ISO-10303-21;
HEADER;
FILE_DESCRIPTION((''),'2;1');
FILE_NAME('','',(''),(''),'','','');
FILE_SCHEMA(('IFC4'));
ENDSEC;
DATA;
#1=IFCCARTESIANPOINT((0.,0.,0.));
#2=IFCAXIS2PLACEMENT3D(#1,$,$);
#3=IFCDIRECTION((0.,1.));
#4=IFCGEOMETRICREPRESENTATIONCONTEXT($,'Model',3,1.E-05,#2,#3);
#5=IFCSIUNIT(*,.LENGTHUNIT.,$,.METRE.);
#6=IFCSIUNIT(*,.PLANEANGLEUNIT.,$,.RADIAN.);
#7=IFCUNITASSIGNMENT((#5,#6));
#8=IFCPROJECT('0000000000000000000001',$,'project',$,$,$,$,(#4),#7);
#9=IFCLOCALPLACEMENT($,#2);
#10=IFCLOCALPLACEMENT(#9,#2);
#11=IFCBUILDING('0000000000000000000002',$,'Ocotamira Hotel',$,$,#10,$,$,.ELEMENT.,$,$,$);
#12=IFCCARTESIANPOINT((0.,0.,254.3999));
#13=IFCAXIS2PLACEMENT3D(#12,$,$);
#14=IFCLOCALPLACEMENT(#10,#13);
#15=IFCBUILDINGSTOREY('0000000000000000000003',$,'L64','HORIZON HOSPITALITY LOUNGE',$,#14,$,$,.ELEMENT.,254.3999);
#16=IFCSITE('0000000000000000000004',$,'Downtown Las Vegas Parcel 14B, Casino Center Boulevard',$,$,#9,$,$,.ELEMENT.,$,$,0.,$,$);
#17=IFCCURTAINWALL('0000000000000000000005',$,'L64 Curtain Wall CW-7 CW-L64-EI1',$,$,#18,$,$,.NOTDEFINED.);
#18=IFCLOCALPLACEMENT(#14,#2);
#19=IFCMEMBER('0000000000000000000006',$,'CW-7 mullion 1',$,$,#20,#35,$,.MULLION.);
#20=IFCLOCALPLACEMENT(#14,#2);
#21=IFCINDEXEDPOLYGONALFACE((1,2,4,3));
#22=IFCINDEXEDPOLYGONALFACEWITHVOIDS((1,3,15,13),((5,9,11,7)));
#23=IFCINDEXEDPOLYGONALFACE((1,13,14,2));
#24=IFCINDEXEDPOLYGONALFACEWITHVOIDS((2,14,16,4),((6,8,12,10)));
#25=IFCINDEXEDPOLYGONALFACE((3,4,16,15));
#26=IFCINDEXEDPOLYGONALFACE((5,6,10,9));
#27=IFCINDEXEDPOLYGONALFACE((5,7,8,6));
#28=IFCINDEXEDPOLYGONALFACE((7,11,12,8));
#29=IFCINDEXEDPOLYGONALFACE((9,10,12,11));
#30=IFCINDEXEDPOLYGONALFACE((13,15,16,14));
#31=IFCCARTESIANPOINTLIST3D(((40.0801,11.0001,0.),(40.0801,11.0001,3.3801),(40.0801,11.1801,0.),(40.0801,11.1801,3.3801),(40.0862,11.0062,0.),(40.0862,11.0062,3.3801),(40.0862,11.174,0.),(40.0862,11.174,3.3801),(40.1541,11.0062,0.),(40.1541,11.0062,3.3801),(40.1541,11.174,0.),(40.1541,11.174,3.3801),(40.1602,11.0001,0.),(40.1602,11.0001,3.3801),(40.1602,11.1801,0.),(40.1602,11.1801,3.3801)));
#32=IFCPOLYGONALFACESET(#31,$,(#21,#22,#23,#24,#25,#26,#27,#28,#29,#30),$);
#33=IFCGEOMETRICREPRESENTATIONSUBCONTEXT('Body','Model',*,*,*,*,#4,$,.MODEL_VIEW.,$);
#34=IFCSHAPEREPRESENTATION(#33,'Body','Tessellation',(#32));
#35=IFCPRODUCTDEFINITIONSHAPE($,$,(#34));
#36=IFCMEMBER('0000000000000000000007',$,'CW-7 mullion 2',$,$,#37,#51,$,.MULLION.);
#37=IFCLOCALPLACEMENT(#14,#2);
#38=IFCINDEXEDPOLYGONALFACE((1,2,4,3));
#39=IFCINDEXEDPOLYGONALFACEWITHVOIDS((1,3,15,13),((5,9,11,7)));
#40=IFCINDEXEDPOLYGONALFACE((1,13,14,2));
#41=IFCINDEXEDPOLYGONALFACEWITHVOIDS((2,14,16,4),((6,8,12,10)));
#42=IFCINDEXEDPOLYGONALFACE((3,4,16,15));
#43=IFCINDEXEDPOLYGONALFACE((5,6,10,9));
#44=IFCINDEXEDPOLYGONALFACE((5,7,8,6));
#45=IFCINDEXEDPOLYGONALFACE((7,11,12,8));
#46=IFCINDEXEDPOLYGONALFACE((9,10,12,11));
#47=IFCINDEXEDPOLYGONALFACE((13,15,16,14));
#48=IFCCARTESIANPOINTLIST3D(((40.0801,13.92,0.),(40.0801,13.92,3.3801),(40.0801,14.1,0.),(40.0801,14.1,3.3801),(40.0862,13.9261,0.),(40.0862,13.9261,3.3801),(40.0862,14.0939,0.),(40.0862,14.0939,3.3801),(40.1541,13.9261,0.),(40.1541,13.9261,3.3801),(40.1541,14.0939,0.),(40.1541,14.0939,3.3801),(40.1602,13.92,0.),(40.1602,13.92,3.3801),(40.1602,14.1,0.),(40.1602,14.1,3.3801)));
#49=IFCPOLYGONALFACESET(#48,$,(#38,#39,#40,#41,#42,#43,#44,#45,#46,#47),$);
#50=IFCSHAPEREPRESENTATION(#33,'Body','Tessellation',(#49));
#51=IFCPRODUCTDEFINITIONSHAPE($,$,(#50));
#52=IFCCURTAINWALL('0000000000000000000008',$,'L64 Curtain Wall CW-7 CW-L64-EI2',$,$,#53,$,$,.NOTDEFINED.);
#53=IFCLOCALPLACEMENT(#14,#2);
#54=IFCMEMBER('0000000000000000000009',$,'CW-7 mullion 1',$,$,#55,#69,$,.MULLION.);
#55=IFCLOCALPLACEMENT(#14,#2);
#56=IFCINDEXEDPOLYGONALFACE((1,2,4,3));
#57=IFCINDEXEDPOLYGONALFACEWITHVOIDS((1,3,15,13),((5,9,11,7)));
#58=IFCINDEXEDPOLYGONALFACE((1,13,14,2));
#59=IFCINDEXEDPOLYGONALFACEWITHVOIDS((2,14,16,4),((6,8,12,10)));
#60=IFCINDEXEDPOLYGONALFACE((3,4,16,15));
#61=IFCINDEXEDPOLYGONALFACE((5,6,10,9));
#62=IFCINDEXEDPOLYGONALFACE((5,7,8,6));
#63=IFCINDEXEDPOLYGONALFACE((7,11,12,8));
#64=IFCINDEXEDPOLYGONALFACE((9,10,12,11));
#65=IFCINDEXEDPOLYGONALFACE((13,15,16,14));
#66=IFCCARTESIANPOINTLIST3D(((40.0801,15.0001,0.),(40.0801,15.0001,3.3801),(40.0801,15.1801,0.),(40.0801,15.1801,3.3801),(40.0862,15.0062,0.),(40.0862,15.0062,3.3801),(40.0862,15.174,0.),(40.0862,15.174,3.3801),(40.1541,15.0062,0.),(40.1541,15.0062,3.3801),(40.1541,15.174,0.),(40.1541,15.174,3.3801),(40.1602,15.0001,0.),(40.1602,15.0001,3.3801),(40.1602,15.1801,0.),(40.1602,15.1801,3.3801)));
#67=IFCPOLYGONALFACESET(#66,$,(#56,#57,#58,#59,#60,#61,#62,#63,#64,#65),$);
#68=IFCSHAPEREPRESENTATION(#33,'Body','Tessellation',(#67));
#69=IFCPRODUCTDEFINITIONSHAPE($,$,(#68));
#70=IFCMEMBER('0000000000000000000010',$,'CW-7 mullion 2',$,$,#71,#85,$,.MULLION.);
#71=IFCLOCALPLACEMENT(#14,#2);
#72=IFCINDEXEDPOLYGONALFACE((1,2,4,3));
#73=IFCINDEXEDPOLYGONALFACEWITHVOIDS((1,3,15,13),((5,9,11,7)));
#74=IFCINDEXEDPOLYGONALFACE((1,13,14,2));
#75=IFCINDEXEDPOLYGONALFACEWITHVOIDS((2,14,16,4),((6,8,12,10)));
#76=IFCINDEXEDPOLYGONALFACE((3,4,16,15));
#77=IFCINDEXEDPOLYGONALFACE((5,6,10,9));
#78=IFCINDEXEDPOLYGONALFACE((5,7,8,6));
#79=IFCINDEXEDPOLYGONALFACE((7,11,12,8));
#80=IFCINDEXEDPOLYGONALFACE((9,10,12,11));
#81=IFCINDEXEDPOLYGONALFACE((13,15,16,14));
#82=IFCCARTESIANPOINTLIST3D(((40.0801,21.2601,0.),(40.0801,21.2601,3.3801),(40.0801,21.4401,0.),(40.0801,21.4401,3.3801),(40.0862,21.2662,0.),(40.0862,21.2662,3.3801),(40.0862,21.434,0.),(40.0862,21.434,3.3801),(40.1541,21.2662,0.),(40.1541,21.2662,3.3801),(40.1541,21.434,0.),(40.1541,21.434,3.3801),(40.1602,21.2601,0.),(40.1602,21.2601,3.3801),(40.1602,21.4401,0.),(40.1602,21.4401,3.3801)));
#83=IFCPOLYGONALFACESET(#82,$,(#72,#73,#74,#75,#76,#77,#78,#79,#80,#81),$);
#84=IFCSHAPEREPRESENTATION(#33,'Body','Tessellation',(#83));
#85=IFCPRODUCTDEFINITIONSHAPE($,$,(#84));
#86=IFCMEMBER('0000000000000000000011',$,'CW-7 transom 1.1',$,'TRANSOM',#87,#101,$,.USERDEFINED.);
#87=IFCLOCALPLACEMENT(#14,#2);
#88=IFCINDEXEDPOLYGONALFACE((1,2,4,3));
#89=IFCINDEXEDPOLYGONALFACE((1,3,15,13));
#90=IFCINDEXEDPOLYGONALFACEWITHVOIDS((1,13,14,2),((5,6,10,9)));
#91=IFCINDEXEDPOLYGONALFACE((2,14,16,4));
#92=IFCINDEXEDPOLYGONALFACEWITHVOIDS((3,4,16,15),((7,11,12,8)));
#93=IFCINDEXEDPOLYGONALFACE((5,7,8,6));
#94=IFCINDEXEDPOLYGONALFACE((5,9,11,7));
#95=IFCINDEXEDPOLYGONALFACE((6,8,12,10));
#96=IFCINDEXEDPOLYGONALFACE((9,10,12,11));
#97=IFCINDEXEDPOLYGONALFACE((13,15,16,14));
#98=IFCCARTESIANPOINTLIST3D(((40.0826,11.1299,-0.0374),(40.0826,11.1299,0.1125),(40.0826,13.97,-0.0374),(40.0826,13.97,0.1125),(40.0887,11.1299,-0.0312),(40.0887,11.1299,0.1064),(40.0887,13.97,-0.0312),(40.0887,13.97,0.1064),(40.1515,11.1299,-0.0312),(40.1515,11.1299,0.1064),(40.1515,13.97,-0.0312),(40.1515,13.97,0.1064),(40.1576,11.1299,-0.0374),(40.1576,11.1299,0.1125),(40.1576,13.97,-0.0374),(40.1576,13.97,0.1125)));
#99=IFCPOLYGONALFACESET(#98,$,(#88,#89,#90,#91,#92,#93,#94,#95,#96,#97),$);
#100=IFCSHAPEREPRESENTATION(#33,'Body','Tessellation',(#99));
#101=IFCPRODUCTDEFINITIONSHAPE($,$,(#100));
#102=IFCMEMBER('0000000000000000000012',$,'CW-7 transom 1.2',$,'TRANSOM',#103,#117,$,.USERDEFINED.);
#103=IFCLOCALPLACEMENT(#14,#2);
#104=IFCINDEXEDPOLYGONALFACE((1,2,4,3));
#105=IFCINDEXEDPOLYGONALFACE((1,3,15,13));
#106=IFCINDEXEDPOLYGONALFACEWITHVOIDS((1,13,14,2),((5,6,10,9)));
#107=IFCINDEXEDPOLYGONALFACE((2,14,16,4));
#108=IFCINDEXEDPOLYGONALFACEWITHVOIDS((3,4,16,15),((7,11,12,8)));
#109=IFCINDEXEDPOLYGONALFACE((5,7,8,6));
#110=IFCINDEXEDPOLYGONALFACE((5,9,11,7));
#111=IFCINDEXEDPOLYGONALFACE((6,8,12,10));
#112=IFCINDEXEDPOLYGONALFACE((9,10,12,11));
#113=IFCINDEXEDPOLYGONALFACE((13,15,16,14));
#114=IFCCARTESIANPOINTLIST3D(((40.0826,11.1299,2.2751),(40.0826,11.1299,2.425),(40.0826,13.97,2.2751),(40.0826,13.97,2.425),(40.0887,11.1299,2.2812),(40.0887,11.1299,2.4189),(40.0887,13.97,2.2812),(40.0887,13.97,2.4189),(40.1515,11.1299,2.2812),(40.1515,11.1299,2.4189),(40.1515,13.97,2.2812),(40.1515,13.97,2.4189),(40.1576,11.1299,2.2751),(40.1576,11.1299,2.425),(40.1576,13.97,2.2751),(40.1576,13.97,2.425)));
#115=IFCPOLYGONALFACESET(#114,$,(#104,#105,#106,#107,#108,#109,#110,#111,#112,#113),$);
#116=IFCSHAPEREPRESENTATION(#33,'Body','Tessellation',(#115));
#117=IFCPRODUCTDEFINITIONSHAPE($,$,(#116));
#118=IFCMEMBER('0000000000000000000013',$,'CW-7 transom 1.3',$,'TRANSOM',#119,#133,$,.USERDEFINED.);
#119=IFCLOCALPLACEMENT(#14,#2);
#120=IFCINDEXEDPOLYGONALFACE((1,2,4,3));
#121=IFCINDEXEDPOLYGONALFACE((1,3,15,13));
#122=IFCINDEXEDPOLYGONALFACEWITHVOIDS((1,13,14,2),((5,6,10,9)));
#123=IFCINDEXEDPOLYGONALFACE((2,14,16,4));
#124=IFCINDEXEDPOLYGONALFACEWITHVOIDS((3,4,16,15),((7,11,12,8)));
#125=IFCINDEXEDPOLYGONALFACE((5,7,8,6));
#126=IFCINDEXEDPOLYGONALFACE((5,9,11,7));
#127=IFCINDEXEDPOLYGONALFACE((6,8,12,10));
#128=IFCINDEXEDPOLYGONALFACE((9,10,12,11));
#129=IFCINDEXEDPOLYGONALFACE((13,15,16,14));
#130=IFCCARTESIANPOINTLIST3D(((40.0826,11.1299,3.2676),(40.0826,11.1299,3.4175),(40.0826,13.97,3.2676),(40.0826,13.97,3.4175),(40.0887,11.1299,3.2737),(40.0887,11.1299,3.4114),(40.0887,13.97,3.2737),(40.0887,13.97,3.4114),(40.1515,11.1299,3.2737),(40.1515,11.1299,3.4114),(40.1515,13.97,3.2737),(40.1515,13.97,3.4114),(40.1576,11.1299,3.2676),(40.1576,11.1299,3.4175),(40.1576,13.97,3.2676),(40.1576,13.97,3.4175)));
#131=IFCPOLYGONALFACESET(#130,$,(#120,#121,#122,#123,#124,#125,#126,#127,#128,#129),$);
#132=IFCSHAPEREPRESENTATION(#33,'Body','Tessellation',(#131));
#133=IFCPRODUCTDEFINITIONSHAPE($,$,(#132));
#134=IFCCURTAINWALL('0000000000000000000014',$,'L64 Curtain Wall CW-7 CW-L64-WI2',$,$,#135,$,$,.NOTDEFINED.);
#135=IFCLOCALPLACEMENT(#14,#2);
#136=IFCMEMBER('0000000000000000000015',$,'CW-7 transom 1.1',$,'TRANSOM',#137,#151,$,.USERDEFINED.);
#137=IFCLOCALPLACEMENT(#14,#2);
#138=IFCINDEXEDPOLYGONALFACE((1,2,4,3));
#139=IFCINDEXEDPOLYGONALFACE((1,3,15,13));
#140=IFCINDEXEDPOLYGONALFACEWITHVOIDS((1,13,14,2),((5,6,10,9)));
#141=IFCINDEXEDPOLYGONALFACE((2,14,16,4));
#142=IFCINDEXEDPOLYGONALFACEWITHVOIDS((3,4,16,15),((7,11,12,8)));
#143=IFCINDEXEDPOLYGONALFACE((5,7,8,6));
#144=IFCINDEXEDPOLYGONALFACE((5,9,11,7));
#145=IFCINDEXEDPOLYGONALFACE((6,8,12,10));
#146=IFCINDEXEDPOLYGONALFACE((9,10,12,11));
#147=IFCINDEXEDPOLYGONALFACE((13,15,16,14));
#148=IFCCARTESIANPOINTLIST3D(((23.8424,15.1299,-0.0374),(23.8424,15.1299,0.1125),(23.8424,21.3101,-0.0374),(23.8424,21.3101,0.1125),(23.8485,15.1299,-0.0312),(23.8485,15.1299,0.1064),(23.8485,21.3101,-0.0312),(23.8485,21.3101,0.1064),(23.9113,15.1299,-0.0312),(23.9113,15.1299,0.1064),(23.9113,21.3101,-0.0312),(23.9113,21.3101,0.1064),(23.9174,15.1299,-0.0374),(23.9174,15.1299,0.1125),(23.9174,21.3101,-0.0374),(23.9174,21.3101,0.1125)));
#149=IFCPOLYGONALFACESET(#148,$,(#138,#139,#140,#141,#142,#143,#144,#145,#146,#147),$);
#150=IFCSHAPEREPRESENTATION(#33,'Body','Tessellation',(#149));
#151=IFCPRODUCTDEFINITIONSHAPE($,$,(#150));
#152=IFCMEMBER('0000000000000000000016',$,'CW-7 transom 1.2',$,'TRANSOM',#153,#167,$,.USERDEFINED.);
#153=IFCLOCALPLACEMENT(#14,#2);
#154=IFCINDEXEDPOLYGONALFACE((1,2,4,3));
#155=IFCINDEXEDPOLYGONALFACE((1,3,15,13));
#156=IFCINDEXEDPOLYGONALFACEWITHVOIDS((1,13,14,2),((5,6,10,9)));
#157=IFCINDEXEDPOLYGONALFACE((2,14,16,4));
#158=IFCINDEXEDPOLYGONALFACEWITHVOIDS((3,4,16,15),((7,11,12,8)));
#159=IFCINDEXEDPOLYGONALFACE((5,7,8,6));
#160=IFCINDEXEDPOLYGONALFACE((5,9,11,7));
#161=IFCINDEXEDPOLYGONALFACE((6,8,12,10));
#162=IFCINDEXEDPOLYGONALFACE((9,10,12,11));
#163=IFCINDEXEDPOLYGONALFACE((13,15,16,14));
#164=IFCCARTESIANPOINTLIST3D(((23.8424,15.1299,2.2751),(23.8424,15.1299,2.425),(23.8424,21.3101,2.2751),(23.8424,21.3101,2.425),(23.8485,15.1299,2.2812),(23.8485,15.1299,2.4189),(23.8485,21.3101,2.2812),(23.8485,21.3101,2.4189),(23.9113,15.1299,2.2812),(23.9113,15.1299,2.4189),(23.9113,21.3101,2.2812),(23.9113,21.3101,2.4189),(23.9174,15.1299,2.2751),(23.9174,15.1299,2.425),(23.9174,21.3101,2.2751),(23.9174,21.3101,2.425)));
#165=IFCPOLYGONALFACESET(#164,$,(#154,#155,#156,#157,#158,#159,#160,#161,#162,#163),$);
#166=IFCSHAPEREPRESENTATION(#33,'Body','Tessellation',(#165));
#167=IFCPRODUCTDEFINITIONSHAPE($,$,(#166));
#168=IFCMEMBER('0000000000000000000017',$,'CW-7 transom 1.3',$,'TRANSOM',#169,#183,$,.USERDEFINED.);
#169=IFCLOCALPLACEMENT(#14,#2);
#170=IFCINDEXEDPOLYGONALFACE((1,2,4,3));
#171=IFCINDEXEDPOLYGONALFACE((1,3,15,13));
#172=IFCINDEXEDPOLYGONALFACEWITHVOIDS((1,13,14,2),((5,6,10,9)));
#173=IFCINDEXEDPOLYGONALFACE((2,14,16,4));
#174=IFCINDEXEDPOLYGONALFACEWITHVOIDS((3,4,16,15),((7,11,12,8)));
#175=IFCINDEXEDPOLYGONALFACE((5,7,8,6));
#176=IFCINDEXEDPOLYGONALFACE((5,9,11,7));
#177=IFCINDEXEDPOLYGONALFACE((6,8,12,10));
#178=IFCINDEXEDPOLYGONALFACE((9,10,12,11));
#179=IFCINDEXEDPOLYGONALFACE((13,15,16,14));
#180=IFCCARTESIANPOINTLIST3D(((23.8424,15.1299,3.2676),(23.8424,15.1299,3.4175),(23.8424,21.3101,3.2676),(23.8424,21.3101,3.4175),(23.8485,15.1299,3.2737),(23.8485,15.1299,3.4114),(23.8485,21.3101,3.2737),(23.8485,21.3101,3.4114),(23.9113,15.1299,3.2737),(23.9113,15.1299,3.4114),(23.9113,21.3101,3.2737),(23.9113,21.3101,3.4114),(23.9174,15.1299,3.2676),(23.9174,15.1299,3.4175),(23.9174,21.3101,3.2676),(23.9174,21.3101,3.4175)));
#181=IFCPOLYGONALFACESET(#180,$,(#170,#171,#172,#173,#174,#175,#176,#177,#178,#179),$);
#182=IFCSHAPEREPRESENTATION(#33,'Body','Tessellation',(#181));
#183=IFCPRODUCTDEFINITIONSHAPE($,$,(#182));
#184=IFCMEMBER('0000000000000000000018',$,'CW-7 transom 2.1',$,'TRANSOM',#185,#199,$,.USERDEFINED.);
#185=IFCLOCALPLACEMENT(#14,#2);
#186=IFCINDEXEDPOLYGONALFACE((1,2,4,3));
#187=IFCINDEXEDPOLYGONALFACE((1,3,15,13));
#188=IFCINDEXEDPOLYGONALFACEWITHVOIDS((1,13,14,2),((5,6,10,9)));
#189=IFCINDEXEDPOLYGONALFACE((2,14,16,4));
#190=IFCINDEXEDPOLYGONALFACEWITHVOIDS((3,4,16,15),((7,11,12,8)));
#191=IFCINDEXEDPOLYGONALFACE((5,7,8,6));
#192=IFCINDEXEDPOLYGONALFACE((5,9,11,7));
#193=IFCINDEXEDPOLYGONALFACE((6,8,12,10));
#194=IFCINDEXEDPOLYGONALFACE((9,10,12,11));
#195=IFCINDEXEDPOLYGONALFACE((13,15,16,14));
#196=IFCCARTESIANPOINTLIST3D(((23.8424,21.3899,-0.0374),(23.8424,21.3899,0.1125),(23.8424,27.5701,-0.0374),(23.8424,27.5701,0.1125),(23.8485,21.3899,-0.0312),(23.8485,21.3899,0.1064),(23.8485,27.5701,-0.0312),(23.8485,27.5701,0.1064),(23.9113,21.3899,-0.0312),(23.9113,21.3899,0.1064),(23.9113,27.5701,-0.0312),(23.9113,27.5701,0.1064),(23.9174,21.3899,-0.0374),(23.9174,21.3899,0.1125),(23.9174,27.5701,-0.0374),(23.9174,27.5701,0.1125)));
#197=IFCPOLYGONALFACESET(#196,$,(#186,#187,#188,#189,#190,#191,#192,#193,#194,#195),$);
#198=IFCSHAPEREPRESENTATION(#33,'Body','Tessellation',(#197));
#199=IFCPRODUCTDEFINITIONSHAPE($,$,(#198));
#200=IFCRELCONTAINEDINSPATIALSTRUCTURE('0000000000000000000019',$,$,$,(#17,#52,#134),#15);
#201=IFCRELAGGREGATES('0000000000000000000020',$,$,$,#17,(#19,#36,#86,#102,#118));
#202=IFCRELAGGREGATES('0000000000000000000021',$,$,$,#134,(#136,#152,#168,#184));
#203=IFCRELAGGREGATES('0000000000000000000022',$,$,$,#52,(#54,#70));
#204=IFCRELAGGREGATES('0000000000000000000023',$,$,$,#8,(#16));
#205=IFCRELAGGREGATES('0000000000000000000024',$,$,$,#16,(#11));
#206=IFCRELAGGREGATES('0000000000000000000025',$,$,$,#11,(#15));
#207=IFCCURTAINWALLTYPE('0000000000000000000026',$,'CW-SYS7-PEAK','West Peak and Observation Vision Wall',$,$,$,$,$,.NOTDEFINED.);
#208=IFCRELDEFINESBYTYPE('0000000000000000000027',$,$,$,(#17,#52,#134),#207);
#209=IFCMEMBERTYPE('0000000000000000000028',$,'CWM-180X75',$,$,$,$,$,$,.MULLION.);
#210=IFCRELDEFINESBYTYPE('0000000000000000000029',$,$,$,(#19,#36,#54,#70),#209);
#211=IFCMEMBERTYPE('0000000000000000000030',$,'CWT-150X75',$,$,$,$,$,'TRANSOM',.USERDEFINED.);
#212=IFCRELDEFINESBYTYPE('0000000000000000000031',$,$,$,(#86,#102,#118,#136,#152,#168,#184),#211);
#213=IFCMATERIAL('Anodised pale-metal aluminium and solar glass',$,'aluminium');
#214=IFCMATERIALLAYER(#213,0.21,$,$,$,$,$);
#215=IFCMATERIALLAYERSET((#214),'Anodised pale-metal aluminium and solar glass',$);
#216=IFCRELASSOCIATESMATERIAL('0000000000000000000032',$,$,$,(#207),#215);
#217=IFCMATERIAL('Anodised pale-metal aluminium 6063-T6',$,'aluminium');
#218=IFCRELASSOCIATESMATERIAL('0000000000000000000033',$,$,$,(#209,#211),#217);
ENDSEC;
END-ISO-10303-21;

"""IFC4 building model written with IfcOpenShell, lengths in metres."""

from ifc_helpers import new_model, si_unit, direction, frame, origin, origin_2d, place, context, subcontext, project, spatial, hollow_rectangle, extrude, source, transform, mapped, material, layer, layer_set, material_profile, profile_set, type_object, element, aggregate, save


model = new_model("IFC4")

# Units and contexts
model_context = context("Model", 3, precision=1e-05, world=origin(), true_north=direction((0.0, 1.0)))
body_context = subcontext(model_context, "Body", "Model", "MODEL_VIEW")
ifc_project = project(units=[si_unit("LENGTHUNIT", "METRE"), si_unit("PLANEANGLEUNIT", "RADIAN")], contexts=[model_context])

# Site, building, storey
site_placement = place(None, origin())
site = spatial("IfcSite", under=ifc_project, at=site_placement, Name="Downtown Las Vegas Parcel 14B, Casino Center Boulevard", CompositionType="ELEMENT", RefElevation=0.0)
building_placement = place(site_placement, origin())
building = spatial("IfcBuilding", under=site, at=building_placement, Name="Ocotamira Hotel", CompositionType="ELEMENT")
storey_placement = place(building_placement, frame((0.0, 0.0, 254.3999)))
storey = spatial("IfcBuildingStorey", under=building, at=storey_placement, Name="L64", Description="HORIZON HOSPITALITY LOUNGE", CompositionType="ELEMENT", Elevation=254.3999)

# Curtain walls, members
ifc_material_1 = material(Name="Anodised pale-metal aluminium and solar glass", Category="aluminium")
ifc_layer_1 = layer(ifc_material_1, 0.21)
ifc_layer_set_1 = layer_set([ifc_layer_1], Name="Anodised pale-metal aluminium and solar glass")
curtain_wall_type = type_object("IfcCurtainWallType", Name="CW-SYS7-PEAK", Description="West Peak and Observation Vision Wall", PredefinedType="NOTDEFINED", material=ifc_layer_set_1)
curtain_wall_1_placement = place(storey_placement, origin())
curtain_wall_1 = element("IfcCurtainWall", 1, at=curtain_wall_1_placement, inside=storey, type_object=curtain_wall_type, Name="L64 Curtain Wall CW-7 CW-L64-EI1", PredefinedType="NOTDEFINED")
ifc_material_2 = material(Name="Anodised pale-metal aluminium 6063-T6", Category="aluminium")
ifc_material_profile_1 = material_profile(ifc_material_2, hollow_rectangle(XDim=0.0801, YDim=0.1799, WallThickness=0.0061, at=origin_2d()), Name="HSS180X80X6")
ifc_profile_set_1 = profile_set([ifc_material_profile_1], Name="Anodised pale-metal aluminium 6063-T6")
member_type_1 = type_object("IfcMemberType", Name="CWM-180X75", PredefinedType="MULLION", material=ifc_profile_set_1)
shared_shape_1 = source(origin(), body_context, "Body", "SweptSolid", [
    extrude(hollow_rectangle(XDim=0.0801, YDim=0.1799, WallThickness=0.0061, at=origin_2d()), origin(), (0.0, 0.0, 1.0), 3.3801),
])
member_1_placement = place(storey_placement, frame((40.1201, 11.0901, 0.0), z_axis=(0.0, 0.0, 1.0), x_axis=(-1.0, 0.0, 0.0)))
member_1 = element("IfcMember", 2, at=member_1_placement, type_object=member_type_1, Name="CW-7 mullion 1", PredefinedType="MULLION", context=body_context, shape_type="MappedRepresentation", body=[
    mapped(shared_shape_1, transform((0.0, 0.0, 0.0), scale=1.0)),
])
member_2_placement = place(storey_placement, frame((40.1201, 14.01, 0.0), z_axis=(0.0, 0.0, 1.0), x_axis=(-1.0, 0.0, 0.0)))
member_2 = element("IfcMember", 3, at=member_2_placement, type_object=member_type_1, Name="CW-7 mullion 2", PredefinedType="MULLION", context=body_context, shape_type="MappedRepresentation", body=[
    mapped(shared_shape_1, transform((0.0, 0.0, 0.0), scale=1.0)),
])
curtain_wall_2_placement = place(storey_placement, origin())
curtain_wall_2 = element("IfcCurtainWall", 4, at=curtain_wall_2_placement, inside=storey, type_object=curtain_wall_type, Name="L64 Curtain Wall CW-7 CW-L64-EI2", PredefinedType="NOTDEFINED")
member_3_placement = place(storey_placement, frame((40.1201, 15.0901, 0.0), z_axis=(0.0, 0.0, 1.0), x_axis=(-1.0, 0.0, 0.0)))
member_3 = element("IfcMember", 5, at=member_3_placement, type_object=member_type_1, Name="CW-7 mullion 1", PredefinedType="MULLION", context=body_context, shape_type="MappedRepresentation", body=[
    mapped(shared_shape_1, transform((0.0, 0.0, 0.0), scale=1.0)),
])
member_4_placement = place(storey_placement, frame((40.1201, 21.3501, 0.0), z_axis=(0.0, 0.0, 1.0), x_axis=(-1.0, 0.0, 0.0)))
member_4 = element("IfcMember", 6, at=member_4_placement, type_object=member_type_1, Name="CW-7 mullion 2", PredefinedType="MULLION", context=body_context, shape_type="MappedRepresentation", body=[
    mapped(shared_shape_1, transform((0.0, 0.0, 0.0), scale=1.0)),
])

# Members
ifc_material_profile_2 = material_profile(ifc_material_2, hollow_rectangle(XDim=0.075, YDim=0.1499, WallThickness=0.0061, at=origin_2d()), Name="HSS150X75X6")
ifc_profile_set_2 = profile_set([ifc_material_profile_2], Name="Anodised pale-metal aluminium 6063-T6")
member_type_2 = type_object("IfcMemberType", Name="CWT-150X75", ElementType="TRANSOM", PredefinedType="USERDEFINED", material=ifc_profile_set_2)
shared_shape_2 = source(origin(), body_context, "Body", "SweptSolid", [
    extrude(hollow_rectangle(XDim=0.075, YDim=0.1499, WallThickness=0.0061, at=origin_2d()), origin(), (0.0, 0.0, 1.0), 2.8401),
])
member_5_placement = place(storey_placement, frame((40.1201, 11.1299, 0.0376), z_axis=(0.0, 1.0, 0.0), x_axis=(-1.0, 0.0, 0.0)))
member_5 = element("IfcMember", 7, at=member_5_placement, type_object=member_type_2, Name="CW-7 transom 1.1", ObjectType="TRANSOM", PredefinedType="USERDEFINED", context=body_context, shape_type="MappedRepresentation", body=[
    mapped(shared_shape_2, transform((0.0, 0.0, 0.0), scale=1.0)),
])
member_6_placement = place(storey_placement, frame((40.1201, 11.1299, 2.3501), z_axis=(0.0, 1.0, 0.0), x_axis=(-1.0, 0.0, 0.0)))
member_6 = element("IfcMember", 8, at=member_6_placement, type_object=member_type_2, Name="CW-7 transom 1.2", ObjectType="TRANSOM", PredefinedType="USERDEFINED", context=body_context, shape_type="MappedRepresentation", body=[
    mapped(shared_shape_2, transform((0.0, 0.0, 0.0), scale=1.0)),
])
member_7_placement = place(storey_placement, frame((40.1201, 11.1299, 3.3425), z_axis=(0.0, 1.0, 0.0), x_axis=(-1.0, 0.0, 0.0)))
member_7 = element("IfcMember", 9, at=member_7_placement, type_object=member_type_2, Name="CW-7 transom 1.3", ObjectType="TRANSOM", PredefinedType="USERDEFINED", context=body_context, shape_type="MappedRepresentation", body=[
    mapped(shared_shape_2, transform((0.0, 0.0, 0.0), scale=1.0)),
])

# Curtain wall, members
curtain_wall_3_placement = place(storey_placement, origin())
curtain_wall_3 = element("IfcCurtainWall", 10, at=curtain_wall_3_placement, inside=storey, type_object=curtain_wall_type, Name="L64 Curtain Wall CW-7 CW-L64-WI2", PredefinedType="NOTDEFINED")
shared_shape_3 = source(origin(), body_context, "Body", "SweptSolid", [
    extrude(hollow_rectangle(XDim=0.075, YDim=0.1499, WallThickness=0.0061, at=origin_2d()), origin(), (0.0, 0.0, 1.0), 6.1802),
])
member_8_placement = place(storey_placement, frame((23.8799, 15.1299, 0.0376), z_axis=(0.0, 1.0, 0.0), x_axis=(-1.0, 0.0, 0.0)))
member_8 = element("IfcMember", 11, at=member_8_placement, type_object=member_type_2, Name="CW-7 transom 1.1", ObjectType="TRANSOM", PredefinedType="USERDEFINED", context=body_context, shape_type="MappedRepresentation", body=[
    mapped(shared_shape_3, transform((0.0, 0.0, 0.0), scale=1.0)),
])
member_9_placement = place(storey_placement, frame((23.8799, 15.1299, 2.3501), z_axis=(0.0, 1.0, 0.0), x_axis=(-1.0, 0.0, 0.0)))
member_9 = element("IfcMember", 12, at=member_9_placement, type_object=member_type_2, Name="CW-7 transom 1.2", ObjectType="TRANSOM", PredefinedType="USERDEFINED", context=body_context, shape_type="MappedRepresentation", body=[
    mapped(shared_shape_3, transform((0.0, 0.0, 0.0), scale=1.0)),
])
member_10_placement = place(storey_placement, frame((23.8799, 15.1299, 3.3425), z_axis=(0.0, 1.0, 0.0), x_axis=(-1.0, 0.0, 0.0)))
member_10 = element("IfcMember", 13, at=member_10_placement, type_object=member_type_2, Name="CW-7 transom 1.3", ObjectType="TRANSOM", PredefinedType="USERDEFINED", context=body_context, shape_type="MappedRepresentation", body=[
    mapped(shared_shape_3, transform((0.0, 0.0, 0.0), scale=1.0)),
])
member_11_placement = place(storey_placement, frame((23.8799, 21.3899, 0.0376), z_axis=(0.0, 1.0, 0.0), x_axis=(-1.0, 0.0, 0.0)))
member_11 = element("IfcMember", 14, at=member_11_placement, type_object=member_type_2, Name="CW-7 transom 2.1", ObjectType="TRANSOM", PredefinedType="USERDEFINED", context=body_context, shape_type="MappedRepresentation", body=[
    mapped(shared_shape_3, transform((0.0, 0.0, 0.0), scale=1.0)),
])

aggregate(curtain_wall_1, [member_1, member_2, member_5, member_6, member_7])
aggregate(curtain_wall_3, [member_8, member_9, member_10, member_11])
aggregate(curtain_wall_2, [member_3, member_4])

save(model, "model.ifc")
